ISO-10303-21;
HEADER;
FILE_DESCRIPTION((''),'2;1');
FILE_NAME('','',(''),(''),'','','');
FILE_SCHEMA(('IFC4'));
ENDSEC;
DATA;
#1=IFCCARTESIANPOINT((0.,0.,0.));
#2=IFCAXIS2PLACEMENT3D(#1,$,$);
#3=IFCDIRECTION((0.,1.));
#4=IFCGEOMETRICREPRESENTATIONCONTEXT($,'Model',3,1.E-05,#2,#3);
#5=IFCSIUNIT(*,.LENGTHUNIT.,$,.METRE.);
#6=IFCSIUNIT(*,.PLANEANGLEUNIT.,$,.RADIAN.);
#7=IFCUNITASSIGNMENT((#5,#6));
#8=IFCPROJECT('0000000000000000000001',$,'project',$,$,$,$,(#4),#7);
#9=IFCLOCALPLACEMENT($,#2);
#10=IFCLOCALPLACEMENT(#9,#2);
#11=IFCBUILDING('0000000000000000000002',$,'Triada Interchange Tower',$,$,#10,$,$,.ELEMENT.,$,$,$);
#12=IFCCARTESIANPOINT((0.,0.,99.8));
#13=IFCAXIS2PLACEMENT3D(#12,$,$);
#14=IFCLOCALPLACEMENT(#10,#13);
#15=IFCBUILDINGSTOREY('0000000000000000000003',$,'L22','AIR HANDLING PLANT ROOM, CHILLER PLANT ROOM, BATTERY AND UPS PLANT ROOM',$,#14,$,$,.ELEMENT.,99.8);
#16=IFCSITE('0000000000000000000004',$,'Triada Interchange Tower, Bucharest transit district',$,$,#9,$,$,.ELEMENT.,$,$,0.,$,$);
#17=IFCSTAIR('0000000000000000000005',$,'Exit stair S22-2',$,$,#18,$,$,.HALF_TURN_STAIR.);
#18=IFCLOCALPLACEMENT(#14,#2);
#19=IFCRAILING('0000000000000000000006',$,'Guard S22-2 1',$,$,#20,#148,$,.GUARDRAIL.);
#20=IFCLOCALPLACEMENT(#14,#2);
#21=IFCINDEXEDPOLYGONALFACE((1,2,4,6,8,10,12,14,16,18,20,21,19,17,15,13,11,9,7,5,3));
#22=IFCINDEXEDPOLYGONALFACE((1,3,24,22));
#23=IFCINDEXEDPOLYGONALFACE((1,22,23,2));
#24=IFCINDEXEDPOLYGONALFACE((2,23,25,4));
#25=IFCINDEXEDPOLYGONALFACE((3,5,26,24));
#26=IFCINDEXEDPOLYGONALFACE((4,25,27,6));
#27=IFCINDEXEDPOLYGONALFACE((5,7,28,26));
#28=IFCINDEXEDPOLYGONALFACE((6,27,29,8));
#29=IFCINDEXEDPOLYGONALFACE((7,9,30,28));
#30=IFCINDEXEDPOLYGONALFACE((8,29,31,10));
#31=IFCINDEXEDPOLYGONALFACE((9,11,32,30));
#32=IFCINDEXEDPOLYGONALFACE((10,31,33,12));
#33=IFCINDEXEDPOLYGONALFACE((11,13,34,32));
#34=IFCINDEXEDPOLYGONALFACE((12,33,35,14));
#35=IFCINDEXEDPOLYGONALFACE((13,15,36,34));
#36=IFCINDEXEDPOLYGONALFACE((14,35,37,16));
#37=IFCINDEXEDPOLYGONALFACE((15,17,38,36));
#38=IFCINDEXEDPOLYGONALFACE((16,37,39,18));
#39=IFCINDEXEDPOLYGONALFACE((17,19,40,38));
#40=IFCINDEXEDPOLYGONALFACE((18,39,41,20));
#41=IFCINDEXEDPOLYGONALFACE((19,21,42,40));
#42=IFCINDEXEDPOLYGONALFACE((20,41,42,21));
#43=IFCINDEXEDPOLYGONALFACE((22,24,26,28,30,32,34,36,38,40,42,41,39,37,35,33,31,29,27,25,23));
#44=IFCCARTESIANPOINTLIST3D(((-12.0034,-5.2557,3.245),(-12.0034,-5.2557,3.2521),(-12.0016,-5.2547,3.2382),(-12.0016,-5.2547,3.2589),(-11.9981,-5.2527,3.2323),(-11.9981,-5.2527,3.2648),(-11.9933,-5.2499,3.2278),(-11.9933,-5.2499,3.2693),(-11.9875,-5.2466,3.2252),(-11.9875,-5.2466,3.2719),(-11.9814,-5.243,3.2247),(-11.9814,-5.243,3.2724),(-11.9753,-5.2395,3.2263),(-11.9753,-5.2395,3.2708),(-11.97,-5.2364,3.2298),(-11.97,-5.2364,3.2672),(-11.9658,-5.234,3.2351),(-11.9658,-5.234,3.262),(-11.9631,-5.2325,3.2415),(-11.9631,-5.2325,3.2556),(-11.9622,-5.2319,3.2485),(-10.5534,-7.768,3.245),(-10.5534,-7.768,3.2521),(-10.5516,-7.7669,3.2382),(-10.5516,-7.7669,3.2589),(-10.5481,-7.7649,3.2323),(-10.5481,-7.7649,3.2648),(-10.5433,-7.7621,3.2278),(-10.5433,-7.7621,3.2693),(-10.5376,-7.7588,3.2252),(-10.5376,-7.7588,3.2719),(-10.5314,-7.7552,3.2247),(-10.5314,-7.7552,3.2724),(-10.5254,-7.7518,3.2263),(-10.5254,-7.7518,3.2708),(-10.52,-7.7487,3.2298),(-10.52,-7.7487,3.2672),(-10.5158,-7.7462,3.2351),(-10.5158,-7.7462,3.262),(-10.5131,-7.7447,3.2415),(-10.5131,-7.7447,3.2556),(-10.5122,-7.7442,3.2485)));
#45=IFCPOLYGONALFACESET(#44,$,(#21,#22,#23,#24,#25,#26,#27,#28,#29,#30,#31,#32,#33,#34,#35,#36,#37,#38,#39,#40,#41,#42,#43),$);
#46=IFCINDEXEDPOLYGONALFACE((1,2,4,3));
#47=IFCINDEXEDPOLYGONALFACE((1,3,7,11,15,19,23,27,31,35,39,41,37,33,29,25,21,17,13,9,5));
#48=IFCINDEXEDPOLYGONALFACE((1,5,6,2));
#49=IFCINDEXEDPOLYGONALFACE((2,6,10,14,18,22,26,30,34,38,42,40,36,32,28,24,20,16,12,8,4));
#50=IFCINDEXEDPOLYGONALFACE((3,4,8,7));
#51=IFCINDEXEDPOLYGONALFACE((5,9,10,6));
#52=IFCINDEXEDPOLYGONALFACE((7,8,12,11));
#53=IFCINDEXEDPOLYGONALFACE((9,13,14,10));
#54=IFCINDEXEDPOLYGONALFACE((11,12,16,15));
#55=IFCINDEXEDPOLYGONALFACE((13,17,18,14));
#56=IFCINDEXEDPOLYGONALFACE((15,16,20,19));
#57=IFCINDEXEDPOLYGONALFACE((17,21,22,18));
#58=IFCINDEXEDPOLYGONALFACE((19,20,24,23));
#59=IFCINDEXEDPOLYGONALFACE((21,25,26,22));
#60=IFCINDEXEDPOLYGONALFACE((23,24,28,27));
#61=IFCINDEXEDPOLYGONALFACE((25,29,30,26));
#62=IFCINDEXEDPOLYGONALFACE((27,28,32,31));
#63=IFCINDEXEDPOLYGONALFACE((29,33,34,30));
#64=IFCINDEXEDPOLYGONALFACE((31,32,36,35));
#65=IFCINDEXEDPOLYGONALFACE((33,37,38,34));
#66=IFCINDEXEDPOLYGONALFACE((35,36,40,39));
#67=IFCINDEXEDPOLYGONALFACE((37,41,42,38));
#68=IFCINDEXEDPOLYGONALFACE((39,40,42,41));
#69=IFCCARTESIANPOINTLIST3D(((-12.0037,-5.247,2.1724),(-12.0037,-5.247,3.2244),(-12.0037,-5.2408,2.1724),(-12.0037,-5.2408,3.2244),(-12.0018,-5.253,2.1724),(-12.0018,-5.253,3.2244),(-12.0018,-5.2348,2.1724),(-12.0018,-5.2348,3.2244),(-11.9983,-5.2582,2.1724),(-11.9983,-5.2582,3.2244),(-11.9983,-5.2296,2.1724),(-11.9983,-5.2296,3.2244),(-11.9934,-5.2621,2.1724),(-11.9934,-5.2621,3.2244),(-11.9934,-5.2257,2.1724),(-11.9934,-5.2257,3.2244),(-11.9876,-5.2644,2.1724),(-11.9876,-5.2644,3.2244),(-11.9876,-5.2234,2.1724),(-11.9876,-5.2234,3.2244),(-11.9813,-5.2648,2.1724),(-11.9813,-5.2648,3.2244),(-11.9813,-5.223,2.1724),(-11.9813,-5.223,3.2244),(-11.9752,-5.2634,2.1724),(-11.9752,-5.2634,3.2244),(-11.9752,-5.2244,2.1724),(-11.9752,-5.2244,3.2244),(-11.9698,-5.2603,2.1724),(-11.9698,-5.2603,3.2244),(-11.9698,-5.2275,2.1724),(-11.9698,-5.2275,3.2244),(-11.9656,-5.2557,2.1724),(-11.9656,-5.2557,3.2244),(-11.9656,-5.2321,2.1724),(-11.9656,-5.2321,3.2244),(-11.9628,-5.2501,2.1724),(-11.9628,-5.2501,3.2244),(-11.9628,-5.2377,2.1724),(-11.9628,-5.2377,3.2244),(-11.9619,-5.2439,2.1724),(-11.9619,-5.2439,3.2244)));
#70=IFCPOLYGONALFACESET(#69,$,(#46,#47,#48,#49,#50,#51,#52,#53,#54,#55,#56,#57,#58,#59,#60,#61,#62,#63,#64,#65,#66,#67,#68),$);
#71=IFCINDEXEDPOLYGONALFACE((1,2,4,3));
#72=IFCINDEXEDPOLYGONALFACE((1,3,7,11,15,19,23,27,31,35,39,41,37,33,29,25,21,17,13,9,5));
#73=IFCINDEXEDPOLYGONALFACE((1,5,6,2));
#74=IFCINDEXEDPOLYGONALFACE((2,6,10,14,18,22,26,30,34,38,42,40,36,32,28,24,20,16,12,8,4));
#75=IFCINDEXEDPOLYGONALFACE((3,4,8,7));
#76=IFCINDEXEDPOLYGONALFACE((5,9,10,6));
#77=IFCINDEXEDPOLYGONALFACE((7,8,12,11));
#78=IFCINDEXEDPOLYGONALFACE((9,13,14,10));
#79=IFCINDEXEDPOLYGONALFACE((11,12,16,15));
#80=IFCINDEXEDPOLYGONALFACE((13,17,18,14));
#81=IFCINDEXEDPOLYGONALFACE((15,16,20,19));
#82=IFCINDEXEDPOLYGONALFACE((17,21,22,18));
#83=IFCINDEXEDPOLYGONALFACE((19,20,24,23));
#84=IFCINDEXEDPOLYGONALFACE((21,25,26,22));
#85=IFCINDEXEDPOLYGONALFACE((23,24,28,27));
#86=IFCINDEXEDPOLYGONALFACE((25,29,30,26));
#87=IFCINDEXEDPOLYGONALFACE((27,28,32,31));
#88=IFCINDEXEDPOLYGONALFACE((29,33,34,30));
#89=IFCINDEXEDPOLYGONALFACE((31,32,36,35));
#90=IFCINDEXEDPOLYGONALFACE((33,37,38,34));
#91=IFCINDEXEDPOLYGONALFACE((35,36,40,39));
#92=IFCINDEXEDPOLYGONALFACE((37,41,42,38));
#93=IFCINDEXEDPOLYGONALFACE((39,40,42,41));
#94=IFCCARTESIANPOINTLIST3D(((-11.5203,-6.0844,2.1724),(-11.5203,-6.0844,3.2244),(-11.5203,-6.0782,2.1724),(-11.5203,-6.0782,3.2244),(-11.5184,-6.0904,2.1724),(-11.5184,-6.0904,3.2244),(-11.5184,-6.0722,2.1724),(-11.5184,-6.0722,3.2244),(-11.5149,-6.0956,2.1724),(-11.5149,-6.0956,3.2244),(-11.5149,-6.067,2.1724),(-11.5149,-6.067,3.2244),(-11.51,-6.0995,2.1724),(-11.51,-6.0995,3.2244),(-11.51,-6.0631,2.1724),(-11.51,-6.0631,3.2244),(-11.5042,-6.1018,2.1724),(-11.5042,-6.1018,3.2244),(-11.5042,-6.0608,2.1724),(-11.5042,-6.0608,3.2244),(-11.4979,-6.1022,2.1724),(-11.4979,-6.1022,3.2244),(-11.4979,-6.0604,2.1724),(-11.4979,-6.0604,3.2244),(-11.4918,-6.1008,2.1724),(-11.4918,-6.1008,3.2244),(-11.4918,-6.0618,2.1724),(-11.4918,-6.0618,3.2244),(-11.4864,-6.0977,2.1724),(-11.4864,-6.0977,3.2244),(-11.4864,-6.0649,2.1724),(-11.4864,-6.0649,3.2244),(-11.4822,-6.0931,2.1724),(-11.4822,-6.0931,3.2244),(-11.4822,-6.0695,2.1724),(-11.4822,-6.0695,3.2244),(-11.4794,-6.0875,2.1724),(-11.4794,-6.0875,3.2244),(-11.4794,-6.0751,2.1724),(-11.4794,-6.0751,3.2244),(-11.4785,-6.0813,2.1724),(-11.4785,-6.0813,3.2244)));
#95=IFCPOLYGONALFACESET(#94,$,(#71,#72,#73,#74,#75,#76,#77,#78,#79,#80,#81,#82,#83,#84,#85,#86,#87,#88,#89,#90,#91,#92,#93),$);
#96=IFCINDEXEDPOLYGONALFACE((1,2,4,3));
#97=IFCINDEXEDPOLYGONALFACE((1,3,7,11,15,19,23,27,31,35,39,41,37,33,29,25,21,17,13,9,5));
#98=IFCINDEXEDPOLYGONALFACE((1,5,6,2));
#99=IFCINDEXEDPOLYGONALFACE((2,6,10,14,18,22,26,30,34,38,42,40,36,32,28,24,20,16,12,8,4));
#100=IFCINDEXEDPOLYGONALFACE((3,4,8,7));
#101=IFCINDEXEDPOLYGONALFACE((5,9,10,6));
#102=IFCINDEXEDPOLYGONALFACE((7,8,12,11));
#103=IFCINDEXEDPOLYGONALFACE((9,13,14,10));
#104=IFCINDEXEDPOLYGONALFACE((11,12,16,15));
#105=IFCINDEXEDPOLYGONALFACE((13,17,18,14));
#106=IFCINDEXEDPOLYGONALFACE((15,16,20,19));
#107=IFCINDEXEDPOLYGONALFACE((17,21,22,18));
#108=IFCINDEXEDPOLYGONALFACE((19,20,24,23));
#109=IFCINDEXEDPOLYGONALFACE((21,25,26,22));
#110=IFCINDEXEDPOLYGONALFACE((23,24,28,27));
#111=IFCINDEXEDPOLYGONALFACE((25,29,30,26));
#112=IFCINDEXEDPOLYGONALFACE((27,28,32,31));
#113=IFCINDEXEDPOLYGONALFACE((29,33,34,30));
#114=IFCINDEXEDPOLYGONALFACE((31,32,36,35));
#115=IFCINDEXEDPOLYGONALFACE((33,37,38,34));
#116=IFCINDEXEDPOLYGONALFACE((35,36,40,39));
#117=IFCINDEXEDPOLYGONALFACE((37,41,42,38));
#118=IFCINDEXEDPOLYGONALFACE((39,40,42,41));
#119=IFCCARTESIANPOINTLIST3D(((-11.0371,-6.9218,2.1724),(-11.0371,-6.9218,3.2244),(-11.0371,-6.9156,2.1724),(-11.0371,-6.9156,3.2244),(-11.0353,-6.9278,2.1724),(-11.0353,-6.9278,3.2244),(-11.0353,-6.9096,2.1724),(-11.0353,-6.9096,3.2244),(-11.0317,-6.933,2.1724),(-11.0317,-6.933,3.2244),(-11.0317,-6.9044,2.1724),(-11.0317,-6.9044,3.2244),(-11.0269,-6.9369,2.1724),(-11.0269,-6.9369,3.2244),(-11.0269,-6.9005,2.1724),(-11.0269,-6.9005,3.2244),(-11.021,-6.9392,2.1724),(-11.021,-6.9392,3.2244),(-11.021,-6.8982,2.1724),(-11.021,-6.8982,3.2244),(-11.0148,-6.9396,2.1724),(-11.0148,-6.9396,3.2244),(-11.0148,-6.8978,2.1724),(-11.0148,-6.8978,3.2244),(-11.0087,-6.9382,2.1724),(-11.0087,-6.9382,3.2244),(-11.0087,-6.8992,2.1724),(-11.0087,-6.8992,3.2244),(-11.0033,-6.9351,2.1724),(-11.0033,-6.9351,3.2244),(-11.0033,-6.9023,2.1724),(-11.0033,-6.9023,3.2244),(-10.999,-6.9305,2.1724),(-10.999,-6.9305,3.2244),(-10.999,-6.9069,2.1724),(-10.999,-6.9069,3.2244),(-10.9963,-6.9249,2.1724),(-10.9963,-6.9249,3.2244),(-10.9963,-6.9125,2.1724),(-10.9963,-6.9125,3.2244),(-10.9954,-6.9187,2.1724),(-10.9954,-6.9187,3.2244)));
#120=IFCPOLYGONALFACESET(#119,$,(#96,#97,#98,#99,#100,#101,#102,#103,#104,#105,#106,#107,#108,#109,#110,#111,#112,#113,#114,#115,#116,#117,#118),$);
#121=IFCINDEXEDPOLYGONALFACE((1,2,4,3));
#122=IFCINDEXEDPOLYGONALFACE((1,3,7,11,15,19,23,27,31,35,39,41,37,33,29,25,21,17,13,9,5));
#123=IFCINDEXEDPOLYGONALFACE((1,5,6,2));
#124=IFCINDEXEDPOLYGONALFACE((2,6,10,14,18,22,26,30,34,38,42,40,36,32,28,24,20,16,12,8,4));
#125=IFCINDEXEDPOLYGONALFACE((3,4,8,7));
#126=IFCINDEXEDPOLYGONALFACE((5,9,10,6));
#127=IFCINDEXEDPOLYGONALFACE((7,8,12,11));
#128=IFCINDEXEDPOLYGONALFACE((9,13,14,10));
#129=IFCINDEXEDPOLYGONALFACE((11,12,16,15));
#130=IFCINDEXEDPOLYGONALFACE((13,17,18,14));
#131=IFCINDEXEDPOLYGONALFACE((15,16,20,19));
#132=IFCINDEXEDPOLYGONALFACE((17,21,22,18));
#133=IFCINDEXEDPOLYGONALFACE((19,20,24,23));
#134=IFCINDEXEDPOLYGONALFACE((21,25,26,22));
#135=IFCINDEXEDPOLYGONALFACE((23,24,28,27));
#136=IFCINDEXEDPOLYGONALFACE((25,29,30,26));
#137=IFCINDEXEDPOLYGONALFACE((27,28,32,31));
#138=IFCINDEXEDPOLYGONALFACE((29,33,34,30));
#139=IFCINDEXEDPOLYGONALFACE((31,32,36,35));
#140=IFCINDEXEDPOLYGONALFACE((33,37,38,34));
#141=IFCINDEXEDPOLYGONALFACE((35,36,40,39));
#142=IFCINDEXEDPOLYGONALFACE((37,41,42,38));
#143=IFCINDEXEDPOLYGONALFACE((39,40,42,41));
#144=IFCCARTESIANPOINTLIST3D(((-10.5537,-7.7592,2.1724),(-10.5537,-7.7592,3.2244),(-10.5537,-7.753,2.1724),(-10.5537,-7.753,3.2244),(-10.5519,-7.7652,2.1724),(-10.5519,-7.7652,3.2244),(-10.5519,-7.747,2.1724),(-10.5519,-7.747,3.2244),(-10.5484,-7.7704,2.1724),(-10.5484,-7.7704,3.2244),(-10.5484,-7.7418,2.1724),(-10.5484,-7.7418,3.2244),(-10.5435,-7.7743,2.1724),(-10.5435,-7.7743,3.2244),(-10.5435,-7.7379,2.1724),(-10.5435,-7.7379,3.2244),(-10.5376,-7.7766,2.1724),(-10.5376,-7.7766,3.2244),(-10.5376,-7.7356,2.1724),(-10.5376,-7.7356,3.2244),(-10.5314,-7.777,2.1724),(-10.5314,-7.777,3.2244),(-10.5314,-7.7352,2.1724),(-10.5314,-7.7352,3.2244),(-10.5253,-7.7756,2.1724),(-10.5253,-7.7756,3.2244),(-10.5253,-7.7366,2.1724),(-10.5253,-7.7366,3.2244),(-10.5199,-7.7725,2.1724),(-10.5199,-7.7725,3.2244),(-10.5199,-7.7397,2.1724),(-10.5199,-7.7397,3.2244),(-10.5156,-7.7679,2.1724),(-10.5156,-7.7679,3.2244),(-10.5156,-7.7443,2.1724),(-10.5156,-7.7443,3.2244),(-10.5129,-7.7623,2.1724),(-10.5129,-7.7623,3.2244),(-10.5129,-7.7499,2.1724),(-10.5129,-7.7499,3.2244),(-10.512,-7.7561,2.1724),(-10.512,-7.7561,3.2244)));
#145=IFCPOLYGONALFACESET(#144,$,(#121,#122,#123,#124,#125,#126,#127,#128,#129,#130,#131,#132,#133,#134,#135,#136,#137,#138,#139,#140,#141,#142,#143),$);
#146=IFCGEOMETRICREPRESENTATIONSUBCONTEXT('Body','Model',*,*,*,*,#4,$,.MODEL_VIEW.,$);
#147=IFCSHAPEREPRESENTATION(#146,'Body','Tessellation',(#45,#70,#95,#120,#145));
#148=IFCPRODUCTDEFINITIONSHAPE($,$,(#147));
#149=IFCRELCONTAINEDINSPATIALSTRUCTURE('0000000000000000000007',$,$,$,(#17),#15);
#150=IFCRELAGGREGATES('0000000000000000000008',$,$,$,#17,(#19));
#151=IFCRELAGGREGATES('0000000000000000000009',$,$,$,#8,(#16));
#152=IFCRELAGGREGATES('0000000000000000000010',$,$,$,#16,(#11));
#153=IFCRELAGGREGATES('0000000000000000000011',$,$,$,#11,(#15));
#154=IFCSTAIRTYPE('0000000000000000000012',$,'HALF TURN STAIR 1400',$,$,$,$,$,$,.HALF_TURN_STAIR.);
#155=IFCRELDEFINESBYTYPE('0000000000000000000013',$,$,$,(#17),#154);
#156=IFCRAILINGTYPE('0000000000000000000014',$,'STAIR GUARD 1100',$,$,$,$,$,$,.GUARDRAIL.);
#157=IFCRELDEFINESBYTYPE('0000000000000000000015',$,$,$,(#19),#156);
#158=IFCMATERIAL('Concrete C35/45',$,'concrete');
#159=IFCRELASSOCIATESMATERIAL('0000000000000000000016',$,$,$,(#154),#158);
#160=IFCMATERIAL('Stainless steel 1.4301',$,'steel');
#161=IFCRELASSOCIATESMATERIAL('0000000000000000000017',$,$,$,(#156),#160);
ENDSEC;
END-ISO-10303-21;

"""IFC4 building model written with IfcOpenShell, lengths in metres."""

from ifc_helpers import new_model, si_unit, direction, frame, origin, origin_2d, place, context, subcontext, project, spatial, circle, extrude, material, type_object, element, aggregate, save


model = new_model("IFC4")

# Units and contexts
model_context = context("Model", 3, precision=1e-05, world=origin(), true_north=direction((0.0, 1.0)))
body_context = subcontext(model_context, "Body", "Model", "MODEL_VIEW")
ifc_project = project(units=[si_unit("LENGTHUNIT", "METRE"), si_unit("PLANEANGLEUNIT", "RADIAN")], contexts=[model_context])

# Site, building, storey
site_placement = place(None, origin())
site = spatial("IfcSite", under=ifc_project, at=site_placement, Name="Triada Interchange Tower, Bucharest transit district", CompositionType="ELEMENT", RefElevation=0.0)
building_placement = place(site_placement, origin())
building = spatial("IfcBuilding", under=site, at=building_placement, Name="Triada Interchange Tower", CompositionType="ELEMENT")
storey_placement = place(building_placement, frame((0.0, 0.0, 99.8)))
storey = spatial("IfcBuildingStorey", under=building, at=storey_placement, Name="L22", Description="AIR HANDLING PLANT ROOM, CHILLER PLANT ROOM, BATTERY AND UPS PLANT ROOM", CompositionType="ELEMENT", Elevation=99.8)

# Shared definitions
ifc_material_1 = material(Name="Concrete C35/45", Category="concrete")

# Stair, railing
stair_type = type_object("IfcStairType", Name="HALF TURN STAIR 1400", PredefinedType="HALF_TURN_STAIR", material=ifc_material_1)
stair_placement = place(storey_placement, origin())
stair = element("IfcStair", 1, at=stair_placement, inside=storey, type_object=stair_type, Name="Exit stair S22-2", PredefinedType="HALF_TURN_STAIR")
ifc_material_2 = material(Name="Stainless steel 1.4301", Category="steel")
railing_type_1 = type_object("IfcRailingType", Name="STAIR GUARD 1100", PredefinedType="GUARDRAIL", material=ifc_material_2)
railing_1_placement = place(storey_placement, frame((-11.9829, -5.2439, 2.1724)))
railing_1 = element("IfcRailing", 2, at=railing_1_placement, type_object=railing_type_1, Name="Guard S22-2 1", PredefinedType="GUARDRAIL", context=body_context, shape_type="SweptSolid", body=[
    extrude(circle(Radius=0.0239, at=origin_2d()), frame((0.0, 0.0, 1.0762), z_axis=(0.499878, -0.866096, 0.0), x_axis=(0.866096, 0.499878, 0.0)), (0.0, 0.0, 1.0), 2.9006),
    extrude(circle(Radius=0.021, at=origin_2d()), origin(), (0.0, 0.0, 1.0), 1.052),
    extrude(circle(Radius=0.021, at=origin_2d()), frame((0.4834, -0.8374, 0.0)), (0.0, 0.0, 1.0), 1.052),
    extrude(circle(Radius=0.021, at=origin_2d()), frame((0.9666, -1.6748, 0.0)), (0.0, 0.0, 1.0), 1.052),
    extrude(circle(Radius=0.021, at=origin_2d()), frame((1.45, -2.5122, 0.0)), (0.0, 0.0, 1.0), 1.052),
])
aggregate(stair, [railing_1])

save(model, "model.ifc")
